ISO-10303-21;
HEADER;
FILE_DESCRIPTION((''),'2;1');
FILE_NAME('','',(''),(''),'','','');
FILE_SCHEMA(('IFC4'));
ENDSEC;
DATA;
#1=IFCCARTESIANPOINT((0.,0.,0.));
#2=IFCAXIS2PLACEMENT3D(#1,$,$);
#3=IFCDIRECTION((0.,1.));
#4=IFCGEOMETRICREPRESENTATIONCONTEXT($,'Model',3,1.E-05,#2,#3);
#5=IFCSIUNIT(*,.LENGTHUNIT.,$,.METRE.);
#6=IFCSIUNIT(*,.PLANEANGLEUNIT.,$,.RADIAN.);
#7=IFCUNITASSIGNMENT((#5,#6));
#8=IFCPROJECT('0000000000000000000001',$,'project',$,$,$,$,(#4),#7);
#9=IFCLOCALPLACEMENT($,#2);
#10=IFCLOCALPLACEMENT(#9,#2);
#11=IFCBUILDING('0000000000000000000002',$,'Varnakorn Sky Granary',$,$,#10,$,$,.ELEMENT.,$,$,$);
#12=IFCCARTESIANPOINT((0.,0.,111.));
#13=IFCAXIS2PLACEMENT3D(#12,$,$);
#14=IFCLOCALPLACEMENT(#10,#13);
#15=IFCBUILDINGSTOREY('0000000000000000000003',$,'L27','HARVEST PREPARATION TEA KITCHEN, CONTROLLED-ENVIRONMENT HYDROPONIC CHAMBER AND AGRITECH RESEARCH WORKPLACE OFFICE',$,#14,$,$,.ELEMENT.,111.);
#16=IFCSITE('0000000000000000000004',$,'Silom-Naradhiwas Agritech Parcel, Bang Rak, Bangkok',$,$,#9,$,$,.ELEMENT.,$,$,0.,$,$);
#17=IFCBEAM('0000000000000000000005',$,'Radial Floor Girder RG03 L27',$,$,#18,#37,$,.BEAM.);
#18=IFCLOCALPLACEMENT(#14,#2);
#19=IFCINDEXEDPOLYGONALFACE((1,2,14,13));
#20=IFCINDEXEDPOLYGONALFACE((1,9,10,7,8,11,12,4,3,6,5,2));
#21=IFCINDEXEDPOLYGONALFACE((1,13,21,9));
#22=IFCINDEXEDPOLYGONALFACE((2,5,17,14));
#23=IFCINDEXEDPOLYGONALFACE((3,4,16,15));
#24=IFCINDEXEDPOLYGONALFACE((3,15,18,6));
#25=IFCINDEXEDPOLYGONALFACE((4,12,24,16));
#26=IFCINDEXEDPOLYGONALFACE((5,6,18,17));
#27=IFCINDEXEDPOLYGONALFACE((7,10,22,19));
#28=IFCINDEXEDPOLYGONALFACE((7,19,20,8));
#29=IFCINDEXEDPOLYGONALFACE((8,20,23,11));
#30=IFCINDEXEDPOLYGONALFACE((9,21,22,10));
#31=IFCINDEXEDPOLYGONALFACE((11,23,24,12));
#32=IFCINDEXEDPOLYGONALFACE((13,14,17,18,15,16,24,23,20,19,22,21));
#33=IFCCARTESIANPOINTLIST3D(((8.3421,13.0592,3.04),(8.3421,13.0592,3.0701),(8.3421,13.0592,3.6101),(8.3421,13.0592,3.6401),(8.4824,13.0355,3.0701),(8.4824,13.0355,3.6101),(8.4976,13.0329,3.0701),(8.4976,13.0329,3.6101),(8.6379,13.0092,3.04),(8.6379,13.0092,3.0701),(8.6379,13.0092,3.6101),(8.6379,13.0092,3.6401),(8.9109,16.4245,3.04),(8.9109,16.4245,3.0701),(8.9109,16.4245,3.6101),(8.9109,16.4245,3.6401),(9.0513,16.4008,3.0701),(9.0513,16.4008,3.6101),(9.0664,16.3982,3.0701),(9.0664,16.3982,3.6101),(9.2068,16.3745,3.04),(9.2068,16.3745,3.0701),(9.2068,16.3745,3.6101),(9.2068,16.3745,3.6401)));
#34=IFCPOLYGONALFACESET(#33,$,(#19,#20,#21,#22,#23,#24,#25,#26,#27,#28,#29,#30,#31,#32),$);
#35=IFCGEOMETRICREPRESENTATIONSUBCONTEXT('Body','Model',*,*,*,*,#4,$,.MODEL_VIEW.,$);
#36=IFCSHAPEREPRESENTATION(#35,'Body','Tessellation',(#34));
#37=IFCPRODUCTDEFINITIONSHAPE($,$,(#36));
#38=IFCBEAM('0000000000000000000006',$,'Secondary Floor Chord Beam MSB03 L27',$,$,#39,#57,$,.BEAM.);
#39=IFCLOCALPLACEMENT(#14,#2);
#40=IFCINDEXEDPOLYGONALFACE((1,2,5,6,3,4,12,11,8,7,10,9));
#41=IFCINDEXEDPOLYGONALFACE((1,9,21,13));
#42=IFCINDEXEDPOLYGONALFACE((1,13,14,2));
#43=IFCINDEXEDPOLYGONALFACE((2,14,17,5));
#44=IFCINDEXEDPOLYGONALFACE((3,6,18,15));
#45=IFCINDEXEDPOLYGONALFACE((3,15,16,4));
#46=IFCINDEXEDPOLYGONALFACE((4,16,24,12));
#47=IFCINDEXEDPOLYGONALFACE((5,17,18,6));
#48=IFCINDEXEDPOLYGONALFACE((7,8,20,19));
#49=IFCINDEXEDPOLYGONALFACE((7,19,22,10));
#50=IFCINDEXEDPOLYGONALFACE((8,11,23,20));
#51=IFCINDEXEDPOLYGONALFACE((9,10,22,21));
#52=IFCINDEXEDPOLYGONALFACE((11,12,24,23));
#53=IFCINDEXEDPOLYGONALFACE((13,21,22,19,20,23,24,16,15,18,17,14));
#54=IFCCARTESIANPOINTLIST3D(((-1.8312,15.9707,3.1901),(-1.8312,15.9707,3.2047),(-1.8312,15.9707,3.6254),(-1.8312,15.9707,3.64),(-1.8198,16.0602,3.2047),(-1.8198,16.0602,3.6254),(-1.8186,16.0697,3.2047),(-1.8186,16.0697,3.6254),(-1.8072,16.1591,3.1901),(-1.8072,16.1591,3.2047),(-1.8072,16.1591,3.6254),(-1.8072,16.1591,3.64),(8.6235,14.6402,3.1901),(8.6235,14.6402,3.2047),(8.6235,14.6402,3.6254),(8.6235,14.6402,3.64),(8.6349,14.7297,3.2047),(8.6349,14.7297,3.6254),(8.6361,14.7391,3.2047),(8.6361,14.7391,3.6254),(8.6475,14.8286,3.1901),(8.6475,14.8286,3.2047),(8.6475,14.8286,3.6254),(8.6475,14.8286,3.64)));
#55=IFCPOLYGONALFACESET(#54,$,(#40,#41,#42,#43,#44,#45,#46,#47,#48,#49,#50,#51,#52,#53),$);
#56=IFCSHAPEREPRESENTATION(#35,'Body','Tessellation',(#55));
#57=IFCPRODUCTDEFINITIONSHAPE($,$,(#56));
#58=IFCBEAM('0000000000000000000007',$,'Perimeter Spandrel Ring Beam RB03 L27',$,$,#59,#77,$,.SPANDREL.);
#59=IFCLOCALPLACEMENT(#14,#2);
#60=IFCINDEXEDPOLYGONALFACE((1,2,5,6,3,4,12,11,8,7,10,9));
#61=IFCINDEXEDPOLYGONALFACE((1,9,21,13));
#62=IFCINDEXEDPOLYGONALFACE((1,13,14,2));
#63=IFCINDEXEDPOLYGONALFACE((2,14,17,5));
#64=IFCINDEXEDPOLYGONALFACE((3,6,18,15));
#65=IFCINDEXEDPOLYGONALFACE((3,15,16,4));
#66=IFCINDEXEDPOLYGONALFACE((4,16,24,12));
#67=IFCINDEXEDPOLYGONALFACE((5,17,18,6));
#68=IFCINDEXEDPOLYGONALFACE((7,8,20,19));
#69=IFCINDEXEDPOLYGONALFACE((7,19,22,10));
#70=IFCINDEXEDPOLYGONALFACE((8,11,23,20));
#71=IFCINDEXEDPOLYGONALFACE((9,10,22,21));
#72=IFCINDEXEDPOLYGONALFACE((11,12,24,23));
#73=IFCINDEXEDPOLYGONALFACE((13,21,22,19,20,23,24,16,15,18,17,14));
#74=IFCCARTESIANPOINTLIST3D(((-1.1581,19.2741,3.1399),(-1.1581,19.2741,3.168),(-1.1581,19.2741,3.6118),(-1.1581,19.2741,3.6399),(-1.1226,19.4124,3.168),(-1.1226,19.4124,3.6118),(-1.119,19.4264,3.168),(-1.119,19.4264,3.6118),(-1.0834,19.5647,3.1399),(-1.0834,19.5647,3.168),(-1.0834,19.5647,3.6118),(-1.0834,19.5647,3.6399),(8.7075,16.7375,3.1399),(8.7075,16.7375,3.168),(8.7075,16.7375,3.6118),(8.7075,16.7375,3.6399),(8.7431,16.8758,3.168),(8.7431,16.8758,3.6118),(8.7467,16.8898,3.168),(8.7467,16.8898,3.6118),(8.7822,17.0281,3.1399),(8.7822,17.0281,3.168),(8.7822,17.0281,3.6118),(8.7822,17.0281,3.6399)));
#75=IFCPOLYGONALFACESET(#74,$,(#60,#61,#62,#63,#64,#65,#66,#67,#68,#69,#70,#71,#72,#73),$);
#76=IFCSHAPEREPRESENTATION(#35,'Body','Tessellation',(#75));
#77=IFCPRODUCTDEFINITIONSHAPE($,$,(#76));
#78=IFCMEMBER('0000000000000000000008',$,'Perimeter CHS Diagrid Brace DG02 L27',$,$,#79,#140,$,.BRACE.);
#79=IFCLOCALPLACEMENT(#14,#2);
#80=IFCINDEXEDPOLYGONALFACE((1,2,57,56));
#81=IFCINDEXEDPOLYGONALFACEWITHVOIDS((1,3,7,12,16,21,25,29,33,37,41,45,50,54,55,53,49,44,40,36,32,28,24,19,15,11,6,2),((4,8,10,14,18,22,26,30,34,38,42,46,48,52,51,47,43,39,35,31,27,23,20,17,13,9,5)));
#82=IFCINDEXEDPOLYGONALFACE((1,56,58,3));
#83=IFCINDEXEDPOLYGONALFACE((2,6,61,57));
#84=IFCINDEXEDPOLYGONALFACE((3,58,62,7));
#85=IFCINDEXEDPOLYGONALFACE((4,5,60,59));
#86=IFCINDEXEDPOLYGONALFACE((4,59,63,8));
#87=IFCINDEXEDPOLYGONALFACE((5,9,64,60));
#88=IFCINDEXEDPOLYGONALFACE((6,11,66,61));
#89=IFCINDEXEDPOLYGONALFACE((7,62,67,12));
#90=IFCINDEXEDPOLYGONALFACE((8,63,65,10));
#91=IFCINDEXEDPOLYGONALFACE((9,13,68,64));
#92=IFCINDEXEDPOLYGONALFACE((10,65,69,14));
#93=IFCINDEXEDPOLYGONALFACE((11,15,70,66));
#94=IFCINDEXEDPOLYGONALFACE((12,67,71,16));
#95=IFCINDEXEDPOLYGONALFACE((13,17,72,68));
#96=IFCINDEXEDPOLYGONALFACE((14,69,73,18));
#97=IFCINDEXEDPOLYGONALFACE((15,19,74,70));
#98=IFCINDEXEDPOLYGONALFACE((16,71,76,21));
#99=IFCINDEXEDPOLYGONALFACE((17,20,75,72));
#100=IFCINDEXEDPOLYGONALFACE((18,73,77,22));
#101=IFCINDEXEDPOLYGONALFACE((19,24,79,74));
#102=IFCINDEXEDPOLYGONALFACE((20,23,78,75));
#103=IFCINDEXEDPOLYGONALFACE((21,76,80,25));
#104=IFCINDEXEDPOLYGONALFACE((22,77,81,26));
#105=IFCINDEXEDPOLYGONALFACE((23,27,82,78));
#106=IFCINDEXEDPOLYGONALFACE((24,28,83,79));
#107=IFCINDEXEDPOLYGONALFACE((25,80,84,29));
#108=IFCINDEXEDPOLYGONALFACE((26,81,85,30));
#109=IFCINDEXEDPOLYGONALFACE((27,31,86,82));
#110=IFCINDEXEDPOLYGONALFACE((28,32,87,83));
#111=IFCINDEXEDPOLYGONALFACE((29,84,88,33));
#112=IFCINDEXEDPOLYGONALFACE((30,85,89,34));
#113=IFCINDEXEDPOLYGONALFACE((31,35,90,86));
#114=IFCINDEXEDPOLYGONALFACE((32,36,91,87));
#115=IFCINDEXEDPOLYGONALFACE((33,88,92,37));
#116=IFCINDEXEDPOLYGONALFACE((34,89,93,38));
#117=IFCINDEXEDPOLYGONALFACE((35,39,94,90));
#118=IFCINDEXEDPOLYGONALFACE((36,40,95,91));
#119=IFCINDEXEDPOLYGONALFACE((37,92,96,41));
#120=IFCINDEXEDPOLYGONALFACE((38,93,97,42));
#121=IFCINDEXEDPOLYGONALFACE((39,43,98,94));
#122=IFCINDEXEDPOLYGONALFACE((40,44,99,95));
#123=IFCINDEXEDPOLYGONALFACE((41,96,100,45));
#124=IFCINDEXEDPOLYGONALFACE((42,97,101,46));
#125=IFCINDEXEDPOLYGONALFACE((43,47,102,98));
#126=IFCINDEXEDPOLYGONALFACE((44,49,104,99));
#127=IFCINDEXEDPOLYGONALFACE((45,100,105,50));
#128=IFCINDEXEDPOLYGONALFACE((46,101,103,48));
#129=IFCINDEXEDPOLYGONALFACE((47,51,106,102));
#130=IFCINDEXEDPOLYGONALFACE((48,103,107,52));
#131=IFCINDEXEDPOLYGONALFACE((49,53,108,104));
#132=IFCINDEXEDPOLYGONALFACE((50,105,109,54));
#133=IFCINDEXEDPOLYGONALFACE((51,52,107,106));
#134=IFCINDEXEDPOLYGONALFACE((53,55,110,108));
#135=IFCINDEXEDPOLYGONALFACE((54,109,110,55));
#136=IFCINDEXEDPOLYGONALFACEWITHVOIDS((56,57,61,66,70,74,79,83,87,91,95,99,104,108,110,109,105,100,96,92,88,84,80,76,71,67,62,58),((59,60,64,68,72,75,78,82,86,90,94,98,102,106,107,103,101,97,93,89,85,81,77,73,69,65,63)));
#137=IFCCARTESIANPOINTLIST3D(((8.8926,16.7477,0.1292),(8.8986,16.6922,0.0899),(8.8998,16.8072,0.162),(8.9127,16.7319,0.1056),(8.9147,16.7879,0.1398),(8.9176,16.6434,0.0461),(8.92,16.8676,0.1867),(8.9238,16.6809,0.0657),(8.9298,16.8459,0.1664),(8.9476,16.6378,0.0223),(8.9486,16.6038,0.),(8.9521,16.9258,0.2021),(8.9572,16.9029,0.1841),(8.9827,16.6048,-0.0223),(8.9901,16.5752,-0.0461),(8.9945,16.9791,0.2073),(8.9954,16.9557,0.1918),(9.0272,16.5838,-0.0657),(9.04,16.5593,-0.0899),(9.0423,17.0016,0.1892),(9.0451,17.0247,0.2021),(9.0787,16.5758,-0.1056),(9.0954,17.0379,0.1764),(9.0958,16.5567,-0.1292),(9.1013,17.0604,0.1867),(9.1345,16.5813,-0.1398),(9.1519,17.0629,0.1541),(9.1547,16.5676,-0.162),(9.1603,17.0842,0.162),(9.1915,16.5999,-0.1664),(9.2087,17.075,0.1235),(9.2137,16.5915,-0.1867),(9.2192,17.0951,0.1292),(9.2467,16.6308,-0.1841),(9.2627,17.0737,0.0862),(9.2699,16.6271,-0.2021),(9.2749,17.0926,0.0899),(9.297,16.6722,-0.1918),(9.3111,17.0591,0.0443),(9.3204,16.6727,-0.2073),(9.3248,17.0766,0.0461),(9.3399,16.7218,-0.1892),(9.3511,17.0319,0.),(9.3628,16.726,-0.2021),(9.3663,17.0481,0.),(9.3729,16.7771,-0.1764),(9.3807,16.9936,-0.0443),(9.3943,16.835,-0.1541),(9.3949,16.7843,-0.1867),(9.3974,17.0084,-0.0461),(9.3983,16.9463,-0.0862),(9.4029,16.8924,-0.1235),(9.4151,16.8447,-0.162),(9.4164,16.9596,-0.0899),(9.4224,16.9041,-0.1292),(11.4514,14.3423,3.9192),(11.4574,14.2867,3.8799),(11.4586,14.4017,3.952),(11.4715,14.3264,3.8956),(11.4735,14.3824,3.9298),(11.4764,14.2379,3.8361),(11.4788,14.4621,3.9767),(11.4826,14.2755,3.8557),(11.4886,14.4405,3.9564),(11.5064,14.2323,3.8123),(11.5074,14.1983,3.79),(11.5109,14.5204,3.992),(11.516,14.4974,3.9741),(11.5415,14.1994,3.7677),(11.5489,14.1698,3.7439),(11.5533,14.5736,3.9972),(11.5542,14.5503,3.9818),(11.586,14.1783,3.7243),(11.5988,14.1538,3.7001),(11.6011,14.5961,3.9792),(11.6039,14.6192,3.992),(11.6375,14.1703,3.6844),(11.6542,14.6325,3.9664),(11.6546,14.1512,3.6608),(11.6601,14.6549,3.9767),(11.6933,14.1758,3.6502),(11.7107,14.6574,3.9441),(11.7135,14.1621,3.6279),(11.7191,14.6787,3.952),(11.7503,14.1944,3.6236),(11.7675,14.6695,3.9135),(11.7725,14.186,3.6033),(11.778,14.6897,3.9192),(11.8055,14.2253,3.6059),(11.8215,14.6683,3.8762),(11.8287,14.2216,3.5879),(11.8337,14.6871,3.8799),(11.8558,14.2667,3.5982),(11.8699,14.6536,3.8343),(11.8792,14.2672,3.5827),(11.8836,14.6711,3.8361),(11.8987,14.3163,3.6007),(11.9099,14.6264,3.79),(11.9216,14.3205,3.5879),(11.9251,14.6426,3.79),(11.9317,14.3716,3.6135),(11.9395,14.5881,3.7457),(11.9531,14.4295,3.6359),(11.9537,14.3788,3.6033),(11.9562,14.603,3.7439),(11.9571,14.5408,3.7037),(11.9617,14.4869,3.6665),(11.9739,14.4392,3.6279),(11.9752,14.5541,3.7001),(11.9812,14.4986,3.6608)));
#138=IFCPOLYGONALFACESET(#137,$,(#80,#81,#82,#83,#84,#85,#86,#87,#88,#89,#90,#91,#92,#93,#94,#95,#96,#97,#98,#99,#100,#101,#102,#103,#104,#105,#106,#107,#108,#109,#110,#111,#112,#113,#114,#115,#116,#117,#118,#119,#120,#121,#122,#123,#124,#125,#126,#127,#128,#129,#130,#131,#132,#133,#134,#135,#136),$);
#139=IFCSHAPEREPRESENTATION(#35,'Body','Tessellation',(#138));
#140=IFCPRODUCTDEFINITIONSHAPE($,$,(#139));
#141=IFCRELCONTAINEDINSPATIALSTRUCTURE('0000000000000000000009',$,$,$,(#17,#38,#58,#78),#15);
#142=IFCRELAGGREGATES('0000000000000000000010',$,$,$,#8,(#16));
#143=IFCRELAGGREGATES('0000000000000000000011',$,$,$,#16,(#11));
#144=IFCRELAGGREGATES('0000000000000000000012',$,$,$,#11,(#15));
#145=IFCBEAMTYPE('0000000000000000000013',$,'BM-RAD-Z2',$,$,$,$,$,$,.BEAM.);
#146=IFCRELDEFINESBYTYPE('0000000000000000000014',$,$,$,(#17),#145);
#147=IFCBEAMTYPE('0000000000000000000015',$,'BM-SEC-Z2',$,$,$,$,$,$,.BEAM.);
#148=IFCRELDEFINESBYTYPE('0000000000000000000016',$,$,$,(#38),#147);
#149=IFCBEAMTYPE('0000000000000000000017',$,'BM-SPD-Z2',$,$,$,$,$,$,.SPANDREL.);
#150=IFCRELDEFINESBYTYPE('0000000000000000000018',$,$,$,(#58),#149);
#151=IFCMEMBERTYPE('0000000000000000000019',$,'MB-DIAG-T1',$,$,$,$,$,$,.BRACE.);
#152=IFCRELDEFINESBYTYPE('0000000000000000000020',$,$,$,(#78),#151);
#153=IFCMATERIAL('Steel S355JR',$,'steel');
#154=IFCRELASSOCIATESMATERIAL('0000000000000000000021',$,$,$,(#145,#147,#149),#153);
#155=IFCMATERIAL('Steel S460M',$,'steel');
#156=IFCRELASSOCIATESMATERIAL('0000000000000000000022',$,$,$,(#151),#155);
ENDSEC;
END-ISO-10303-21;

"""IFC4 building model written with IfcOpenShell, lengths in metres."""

from ifc_helpers import new_model, si_unit, direction, frame, origin, origin_2d, place, context, subcontext, project, spatial, hollow_circle, i_section, extrude, material, material_profile, profile_set, type_object, element, save


model = new_model("IFC4")

# Units and contexts
model_context = context("Model", 3, precision=1e-05, world=origin(), true_north=direction((0.0, 1.0)))
body_context = subcontext(model_context, "Body", "Model", "MODEL_VIEW")
ifc_project = project(units=[si_unit("LENGTHUNIT", "METRE"), si_unit("PLANEANGLEUNIT", "RADIAN")], contexts=[model_context])

# Site, building, storey
site_placement = place(None, origin())
site = spatial("IfcSite", under=ifc_project, at=site_placement, Name="Silom-Naradhiwas Agritech Parcel, Bang Rak, Bangkok", CompositionType="ELEMENT", RefElevation=0.0)
building_placement = place(site_placement, origin())
building = spatial("IfcBuilding", under=site, at=building_placement, Name="Varnakorn Sky Granary", CompositionType="ELEMENT")
storey_placement = place(building_placement, frame((0.0, 0.0, 111.0)))
storey = spatial("IfcBuildingStorey", under=building, at=storey_placement, Name="L27", Description="HARVEST PREPARATION TEA KITCHEN, CONTROLLED-ENVIRONMENT HYDROPONIC CHAMBER AND AGRITECH RESEARCH WORKPLACE OFFICE", CompositionType="ELEMENT", Elevation=111.0)

# Shared definitions
ifc_material_1 = material(Name="Steel S460M", Category="steel")

# Beams
ifc_material_2 = material(Name="Steel S355JR", Category="steel")
ifc_material_profile_1 = material_profile(ifc_material_2, i_section(OverallWidth=0.3, OverallDepth=0.6001, WebThickness=0.0154, FlangeThickness=0.03, at=origin_2d()), Name="HE 600 B")
ifc_profile_set_1 = profile_set([ifc_material_profile_1], Name="Steel S355JR")
beam_type_1 = type_object("IfcBeamType", Name="BM-RAD-Z2", PredefinedType="BEAM", material=ifc_profile_set_1)
beam_1_placement = place(storey_placement, frame((8.49, 13.0342, 3.3401), z_axis=(0.166672, 0.986012, 0.0), x_axis=(-0.986012, 0.166672, 0.0)))
element("IfcBeam", 1, at=beam_1_placement, inside=storey, type_object=beam_type_1, Name="Radial Floor Girder RG03 L27", PredefinedType="BEAM", context=body_context, shape_type="SweptSolid", body=[
    extrude(i_section(OverallWidth=0.3, OverallDepth=0.6001, WebThickness=0.0154, FlangeThickness=0.03, at=origin_2d()), origin(), (0.0, 0.0, 1.0), 3.4131),
])
ifc_material_profile_2 = material_profile(ifc_material_2, i_section(OverallWidth=0.1899, OverallDepth=0.45, WebThickness=0.0095, FlangeThickness=0.0146, at=origin_2d()), Name="IPE 450")
ifc_profile_set_2 = profile_set([ifc_material_profile_2], Name="Steel S355JR")
beam_type_2 = type_object("IfcBeamType", Name="BM-SEC-Z2", PredefinedType="BEAM", material=ifc_profile_set_2)
beam_2_placement = place(storey_placement, frame((8.6355, 14.7344, 3.415), z_axis=(-0.991998, 0.12625, 0.0), x_axis=(-0.12625, -0.991998, 0.0)))
element("IfcBeam", 2, at=beam_2_placement, inside=storey, type_object=beam_type_2, Name="Secondary Floor Chord Beam MSB03 L27", PredefinedType="BEAM", context=body_context, shape_type="SweptSolid", body=[
    extrude(i_section(OverallWidth=0.1899, OverallDepth=0.45, WebThickness=0.0095, FlangeThickness=0.0146, at=origin_2d()), origin(), (0.0, 0.0, 1.0), 10.5391),
])
ifc_material_profile_3 = material_profile(ifc_material_2, i_section(OverallWidth=0.3, OverallDepth=0.5, WebThickness=0.0144, FlangeThickness=0.0281, at=origin_2d()), Name="HE 500 B")
ifc_profile_set_3 = profile_set([ifc_material_profile_3], Name="Steel S355JR")
beam_type_3 = type_object("IfcBeamType", Name="BM-SPD-Z2", PredefinedType="SPANDREL", material=ifc_profile_set_3)
beam_3_placement = place(storey_placement, frame((8.7449, 16.8828, 3.3899), z_axis=(-0.9685, 0.249015, 0.0), x_axis=(-0.249015, -0.9685, 0.0)))
element("IfcBeam", 3, at=beam_3_placement, inside=storey, type_object=beam_type_3, Name="Perimeter Spandrel Ring Beam RB03 L27", PredefinedType="SPANDREL", context=body_context, shape_type="SweptSolid", body=[
    extrude(i_section(OverallWidth=0.3, OverallDepth=0.5, WebThickness=0.0144, FlangeThickness=0.0281, at=origin_2d()), origin(), (0.0, 0.0, 1.0), 10.1865),
])

# Member
ifc_material_profile_4 = material_profile(ifc_material_1, hollow_circle(Radius=0.3049, WallThickness=0.0222, at=origin_2d()), Name="CHS 610x22")
ifc_profile_set_4 = profile_set([ifc_material_profile_4], Name="Steel S460M")
member_type = type_object("IfcMemberType", Name="MB-DIAG-T1", PredefinedType="BRACE", material=ifc_profile_set_4)
member_1_placement = place(storey_placement, frame((9.1575, 16.8259, 0.0), z_axis=(0.495221, -0.465548, 0.733499), x_axis=(0.684942, 0.728598, 0.0)))
element("IfcMember", 4, at=member_1_placement, inside=storey, type_object=member_type, Name="Perimeter CHS Diagrid Brace DG02 L27", PredefinedType="BRACE", context=body_context, shape_type="SweptSolid", body=[
    extrude(hollow_circle(Radius=0.3049, WallThickness=0.0222, at=origin_2d()), origin(), (0.0, 0.0, 1.0), 5.167),
])

save(model, "model.ifc")
